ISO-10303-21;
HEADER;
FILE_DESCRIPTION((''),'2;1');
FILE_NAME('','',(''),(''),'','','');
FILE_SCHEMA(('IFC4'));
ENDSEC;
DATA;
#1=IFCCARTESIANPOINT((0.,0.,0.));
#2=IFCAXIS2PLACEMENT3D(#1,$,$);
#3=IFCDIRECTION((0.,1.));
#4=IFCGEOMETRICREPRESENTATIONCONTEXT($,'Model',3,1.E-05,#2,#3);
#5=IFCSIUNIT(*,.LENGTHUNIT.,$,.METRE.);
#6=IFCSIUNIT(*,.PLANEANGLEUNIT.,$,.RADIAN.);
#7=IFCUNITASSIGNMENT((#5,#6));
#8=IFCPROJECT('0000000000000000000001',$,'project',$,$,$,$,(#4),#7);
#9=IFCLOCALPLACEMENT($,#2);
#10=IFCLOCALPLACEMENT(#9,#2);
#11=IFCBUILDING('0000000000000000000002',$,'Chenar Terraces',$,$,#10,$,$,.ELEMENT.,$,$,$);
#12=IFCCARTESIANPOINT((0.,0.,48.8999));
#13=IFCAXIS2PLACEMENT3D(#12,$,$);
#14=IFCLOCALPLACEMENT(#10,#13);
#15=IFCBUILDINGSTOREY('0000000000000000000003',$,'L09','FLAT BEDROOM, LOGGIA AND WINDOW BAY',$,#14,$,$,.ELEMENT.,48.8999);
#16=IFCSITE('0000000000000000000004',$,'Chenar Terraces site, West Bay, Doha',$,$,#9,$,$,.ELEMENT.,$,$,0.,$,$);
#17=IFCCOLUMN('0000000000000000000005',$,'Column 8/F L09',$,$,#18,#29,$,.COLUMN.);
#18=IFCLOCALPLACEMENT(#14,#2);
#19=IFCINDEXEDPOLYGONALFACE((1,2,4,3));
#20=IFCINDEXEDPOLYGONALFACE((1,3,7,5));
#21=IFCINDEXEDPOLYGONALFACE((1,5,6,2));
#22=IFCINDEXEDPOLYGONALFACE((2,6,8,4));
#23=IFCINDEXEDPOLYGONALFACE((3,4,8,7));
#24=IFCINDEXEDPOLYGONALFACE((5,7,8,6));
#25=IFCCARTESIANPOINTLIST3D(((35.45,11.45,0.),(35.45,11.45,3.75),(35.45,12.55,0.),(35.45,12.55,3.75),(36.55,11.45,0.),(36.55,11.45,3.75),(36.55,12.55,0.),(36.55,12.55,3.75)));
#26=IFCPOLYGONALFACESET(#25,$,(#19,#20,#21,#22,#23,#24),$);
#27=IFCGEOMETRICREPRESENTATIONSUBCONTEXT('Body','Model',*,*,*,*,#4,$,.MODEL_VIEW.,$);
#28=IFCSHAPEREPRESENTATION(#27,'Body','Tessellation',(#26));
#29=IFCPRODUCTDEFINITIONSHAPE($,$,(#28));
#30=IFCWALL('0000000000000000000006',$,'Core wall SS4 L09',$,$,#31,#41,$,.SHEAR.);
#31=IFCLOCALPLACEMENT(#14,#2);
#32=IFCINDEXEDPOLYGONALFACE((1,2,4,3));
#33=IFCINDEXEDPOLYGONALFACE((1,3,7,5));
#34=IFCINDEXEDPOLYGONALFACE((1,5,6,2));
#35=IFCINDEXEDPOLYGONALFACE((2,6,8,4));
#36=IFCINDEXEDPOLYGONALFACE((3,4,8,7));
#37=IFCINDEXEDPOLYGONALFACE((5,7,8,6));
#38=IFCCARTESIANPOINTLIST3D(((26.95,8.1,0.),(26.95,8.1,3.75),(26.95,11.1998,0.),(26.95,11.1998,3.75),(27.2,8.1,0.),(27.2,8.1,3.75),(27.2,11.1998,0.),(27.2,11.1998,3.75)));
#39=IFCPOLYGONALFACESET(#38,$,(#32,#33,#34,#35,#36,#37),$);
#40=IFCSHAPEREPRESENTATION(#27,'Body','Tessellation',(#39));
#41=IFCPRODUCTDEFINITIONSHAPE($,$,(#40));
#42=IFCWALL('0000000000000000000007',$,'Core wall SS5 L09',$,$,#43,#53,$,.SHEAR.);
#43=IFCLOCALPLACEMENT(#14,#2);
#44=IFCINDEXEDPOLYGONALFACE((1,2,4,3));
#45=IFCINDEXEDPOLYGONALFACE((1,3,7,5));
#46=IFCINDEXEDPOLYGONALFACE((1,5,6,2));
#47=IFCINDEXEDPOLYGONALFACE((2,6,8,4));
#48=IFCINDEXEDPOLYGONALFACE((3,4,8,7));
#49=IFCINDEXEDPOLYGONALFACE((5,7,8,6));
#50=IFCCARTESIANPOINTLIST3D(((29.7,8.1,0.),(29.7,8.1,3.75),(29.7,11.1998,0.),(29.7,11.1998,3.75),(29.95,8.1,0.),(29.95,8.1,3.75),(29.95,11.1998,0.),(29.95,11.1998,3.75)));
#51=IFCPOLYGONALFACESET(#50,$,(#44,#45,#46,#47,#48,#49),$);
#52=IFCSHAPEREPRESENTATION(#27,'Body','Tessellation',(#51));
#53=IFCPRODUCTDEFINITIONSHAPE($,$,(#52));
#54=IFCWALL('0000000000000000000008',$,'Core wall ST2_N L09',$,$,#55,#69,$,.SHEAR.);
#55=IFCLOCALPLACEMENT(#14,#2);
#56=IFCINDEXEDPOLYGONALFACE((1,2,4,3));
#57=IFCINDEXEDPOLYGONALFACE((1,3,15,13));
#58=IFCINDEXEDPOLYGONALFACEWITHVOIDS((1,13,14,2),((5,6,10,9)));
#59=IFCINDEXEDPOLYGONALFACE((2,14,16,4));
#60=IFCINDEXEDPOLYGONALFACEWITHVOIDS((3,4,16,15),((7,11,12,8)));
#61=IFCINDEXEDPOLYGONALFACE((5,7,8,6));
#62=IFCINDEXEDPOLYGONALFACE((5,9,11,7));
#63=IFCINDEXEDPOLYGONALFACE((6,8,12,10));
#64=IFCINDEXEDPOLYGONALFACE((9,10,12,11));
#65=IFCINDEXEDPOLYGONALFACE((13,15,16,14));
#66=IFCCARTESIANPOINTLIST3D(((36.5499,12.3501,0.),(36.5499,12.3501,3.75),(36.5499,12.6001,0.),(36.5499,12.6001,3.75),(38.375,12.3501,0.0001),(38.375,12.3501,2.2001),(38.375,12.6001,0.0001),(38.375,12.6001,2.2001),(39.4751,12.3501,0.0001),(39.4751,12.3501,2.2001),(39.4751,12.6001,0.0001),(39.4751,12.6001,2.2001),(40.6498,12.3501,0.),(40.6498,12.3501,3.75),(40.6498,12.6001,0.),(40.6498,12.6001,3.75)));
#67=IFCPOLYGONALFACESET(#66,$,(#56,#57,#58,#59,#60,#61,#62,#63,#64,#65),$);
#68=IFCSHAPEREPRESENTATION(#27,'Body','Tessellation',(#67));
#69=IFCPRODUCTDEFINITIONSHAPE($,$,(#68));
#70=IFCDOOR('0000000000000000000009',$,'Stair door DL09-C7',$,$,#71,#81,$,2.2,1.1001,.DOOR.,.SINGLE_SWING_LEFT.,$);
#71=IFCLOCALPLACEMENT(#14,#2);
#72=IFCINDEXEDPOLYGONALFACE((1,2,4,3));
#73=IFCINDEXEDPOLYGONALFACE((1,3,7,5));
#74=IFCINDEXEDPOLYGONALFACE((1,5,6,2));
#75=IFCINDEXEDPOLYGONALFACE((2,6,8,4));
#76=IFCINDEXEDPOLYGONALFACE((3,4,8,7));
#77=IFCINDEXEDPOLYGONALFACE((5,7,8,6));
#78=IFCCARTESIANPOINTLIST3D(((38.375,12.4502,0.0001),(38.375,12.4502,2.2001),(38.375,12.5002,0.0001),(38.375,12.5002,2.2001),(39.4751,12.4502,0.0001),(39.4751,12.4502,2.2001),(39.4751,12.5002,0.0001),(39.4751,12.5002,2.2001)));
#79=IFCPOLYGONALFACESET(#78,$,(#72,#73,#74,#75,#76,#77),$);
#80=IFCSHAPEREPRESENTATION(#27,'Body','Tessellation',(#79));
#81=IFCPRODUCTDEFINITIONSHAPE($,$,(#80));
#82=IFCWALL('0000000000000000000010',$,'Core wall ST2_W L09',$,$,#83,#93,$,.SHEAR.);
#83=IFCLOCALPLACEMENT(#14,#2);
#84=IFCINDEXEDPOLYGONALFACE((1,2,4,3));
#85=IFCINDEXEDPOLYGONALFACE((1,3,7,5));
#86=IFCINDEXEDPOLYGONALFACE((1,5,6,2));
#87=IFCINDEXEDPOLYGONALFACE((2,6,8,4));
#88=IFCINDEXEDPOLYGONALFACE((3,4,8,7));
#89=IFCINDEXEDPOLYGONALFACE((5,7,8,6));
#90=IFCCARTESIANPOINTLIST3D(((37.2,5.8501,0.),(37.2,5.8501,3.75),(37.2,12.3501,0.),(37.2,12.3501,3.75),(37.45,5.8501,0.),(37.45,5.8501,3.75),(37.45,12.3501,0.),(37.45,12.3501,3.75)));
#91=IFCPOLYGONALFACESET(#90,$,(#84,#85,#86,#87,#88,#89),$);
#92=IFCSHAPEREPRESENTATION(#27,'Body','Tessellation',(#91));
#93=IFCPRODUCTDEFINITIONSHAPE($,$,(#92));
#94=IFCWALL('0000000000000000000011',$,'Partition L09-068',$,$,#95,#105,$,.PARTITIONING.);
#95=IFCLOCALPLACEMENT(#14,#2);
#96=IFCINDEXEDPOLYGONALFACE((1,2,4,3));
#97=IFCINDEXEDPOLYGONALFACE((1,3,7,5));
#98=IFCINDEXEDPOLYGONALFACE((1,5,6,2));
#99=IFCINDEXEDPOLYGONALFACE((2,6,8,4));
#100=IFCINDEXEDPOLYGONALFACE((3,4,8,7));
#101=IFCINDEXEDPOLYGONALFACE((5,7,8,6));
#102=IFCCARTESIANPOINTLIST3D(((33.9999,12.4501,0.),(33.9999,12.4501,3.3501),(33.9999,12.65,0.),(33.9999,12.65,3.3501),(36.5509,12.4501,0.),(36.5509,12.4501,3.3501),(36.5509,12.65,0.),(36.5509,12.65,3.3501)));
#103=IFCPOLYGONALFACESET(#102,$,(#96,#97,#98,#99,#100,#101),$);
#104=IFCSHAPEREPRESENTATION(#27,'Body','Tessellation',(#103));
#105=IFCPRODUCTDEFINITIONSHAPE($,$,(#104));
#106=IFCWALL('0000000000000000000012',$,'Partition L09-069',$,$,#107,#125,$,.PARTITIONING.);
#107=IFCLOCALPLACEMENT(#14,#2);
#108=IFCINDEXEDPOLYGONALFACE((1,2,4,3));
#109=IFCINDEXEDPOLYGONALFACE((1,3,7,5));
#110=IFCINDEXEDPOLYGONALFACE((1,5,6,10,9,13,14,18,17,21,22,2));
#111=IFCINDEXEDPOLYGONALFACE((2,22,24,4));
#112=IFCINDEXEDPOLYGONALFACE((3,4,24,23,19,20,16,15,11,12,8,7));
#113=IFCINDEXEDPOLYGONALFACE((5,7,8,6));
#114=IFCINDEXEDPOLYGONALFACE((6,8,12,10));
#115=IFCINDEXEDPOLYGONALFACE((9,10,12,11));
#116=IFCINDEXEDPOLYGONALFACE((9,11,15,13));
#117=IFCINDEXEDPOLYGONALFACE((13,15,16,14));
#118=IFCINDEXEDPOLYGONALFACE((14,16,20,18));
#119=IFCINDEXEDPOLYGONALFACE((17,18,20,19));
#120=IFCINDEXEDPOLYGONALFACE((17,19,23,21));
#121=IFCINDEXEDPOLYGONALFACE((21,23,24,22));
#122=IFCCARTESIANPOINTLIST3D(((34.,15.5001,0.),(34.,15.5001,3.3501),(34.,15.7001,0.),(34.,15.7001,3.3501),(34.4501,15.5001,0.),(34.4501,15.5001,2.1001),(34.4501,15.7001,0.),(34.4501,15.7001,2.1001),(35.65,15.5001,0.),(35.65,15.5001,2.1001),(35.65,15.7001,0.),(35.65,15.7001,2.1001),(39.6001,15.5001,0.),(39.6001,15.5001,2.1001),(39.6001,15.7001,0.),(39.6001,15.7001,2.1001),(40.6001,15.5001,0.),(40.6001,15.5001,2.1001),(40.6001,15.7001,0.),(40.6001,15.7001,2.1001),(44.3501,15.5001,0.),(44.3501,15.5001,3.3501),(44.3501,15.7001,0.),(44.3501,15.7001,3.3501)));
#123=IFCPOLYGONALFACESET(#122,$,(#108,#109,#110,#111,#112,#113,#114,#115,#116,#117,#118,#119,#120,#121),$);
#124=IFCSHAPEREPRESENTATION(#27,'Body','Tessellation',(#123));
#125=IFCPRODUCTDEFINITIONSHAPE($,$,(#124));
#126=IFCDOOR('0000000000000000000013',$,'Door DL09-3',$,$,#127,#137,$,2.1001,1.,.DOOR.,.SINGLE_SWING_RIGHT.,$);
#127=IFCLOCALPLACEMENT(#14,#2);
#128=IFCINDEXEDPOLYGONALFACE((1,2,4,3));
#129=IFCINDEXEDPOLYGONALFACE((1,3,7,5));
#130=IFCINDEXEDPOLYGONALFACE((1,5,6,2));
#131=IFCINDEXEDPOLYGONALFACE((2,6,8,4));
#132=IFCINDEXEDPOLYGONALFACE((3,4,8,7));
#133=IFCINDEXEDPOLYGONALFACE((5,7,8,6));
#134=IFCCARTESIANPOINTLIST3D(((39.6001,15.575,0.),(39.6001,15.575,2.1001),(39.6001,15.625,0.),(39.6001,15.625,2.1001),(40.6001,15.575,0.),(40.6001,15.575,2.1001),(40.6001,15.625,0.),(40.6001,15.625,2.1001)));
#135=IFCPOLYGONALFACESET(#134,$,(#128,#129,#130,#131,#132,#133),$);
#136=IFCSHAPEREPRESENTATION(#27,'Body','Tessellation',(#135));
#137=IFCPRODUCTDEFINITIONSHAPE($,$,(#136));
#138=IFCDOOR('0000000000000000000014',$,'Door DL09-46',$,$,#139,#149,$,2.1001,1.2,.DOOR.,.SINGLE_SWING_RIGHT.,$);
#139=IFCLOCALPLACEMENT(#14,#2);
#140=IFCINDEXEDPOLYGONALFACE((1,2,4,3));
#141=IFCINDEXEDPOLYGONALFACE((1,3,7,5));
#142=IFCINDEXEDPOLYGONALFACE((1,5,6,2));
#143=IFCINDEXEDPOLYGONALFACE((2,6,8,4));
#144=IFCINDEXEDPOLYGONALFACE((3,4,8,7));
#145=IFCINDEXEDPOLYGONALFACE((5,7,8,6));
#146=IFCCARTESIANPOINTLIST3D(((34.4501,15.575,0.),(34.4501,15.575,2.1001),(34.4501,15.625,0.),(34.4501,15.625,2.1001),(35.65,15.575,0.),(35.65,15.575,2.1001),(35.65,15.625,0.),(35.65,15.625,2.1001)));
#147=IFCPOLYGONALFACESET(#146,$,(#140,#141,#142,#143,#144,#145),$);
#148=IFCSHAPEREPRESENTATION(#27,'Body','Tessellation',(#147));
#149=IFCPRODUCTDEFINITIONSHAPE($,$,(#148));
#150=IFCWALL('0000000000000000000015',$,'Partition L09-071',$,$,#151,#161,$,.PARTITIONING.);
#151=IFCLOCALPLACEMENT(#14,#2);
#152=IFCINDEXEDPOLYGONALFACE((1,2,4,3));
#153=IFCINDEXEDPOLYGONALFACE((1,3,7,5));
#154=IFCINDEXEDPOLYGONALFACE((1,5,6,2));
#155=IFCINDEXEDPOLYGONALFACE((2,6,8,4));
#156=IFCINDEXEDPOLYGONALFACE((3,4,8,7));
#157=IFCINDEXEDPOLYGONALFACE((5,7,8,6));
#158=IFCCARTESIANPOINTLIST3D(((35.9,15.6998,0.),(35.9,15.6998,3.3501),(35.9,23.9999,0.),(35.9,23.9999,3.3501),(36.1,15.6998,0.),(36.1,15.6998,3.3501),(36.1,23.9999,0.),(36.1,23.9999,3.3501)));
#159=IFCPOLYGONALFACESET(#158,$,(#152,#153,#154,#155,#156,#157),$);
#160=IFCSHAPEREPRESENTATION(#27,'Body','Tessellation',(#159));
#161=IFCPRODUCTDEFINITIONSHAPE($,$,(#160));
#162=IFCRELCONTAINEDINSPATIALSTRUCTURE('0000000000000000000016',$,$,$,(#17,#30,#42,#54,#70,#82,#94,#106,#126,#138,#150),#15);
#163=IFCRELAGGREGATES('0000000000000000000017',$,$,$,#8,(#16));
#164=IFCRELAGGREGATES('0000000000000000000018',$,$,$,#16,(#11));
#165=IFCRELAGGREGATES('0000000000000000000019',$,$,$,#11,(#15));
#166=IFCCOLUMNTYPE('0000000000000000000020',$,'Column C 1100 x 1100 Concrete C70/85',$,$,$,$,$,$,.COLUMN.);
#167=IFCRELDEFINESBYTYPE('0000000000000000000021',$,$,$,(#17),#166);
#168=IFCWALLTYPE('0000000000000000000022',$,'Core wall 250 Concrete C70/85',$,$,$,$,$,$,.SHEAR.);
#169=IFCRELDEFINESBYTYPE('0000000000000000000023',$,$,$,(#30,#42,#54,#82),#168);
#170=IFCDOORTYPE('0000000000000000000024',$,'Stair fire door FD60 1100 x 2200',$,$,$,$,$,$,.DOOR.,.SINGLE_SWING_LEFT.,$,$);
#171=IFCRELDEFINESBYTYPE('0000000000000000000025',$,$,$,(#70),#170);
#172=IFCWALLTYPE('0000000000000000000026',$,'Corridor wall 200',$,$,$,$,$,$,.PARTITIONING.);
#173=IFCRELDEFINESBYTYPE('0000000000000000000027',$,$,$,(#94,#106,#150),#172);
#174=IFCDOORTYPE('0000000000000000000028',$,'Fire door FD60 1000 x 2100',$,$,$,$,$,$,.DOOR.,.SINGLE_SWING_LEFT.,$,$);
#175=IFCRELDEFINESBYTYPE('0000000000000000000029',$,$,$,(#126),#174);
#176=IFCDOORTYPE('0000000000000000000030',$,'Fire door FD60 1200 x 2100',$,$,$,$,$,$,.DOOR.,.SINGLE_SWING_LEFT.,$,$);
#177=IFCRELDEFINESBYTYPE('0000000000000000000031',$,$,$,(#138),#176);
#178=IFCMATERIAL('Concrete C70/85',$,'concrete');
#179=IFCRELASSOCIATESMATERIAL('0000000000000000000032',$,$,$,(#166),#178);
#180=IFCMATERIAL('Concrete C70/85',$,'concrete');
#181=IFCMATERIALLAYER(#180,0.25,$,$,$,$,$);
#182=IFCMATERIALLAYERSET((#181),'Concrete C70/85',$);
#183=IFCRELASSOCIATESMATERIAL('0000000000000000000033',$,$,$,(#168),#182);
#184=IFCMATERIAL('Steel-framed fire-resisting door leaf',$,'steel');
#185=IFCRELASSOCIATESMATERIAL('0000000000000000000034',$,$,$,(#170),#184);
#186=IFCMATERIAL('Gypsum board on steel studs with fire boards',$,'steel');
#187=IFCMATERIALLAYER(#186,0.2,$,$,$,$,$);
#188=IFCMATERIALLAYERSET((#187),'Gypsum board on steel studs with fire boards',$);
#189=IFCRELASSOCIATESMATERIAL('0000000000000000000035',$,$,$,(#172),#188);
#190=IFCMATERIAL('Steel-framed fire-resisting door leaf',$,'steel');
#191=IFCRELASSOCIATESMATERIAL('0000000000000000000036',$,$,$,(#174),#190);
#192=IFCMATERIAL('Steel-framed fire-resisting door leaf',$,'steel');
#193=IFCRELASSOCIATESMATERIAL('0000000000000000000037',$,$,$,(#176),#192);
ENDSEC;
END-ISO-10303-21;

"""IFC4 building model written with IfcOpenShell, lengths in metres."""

from ifc_helpers import new_model, si_unit, direction, frame, frame_2d, origin, origin_2d, place, context, subcontext, project, spatial, rectangle, extrude, material, layer, layer_set, material_profile, profile_set, type_object, element, fill, save


model = new_model("IFC4")

# Units and contexts
model_context = context("Model", 3, precision=1e-05, world=origin(), true_north=direction((0.0, 1.0)))
body_context = subcontext(model_context, "Body", "Model", "MODEL_VIEW")
ifc_project = project(units=[si_unit("LENGTHUNIT", "METRE"), si_unit("PLANEANGLEUNIT", "RADIAN")], contexts=[model_context])

# Site, building, storey
site_placement = place(None, origin())
site = spatial("IfcSite", under=ifc_project, at=site_placement, Name="Chenar Terraces site, West Bay, Doha", CompositionType="ELEMENT", RefElevation=0.0)
building_placement = place(site_placement, origin())
building = spatial("IfcBuilding", under=site, at=building_placement, Name="Chenar Terraces", CompositionType="ELEMENT")
storey_placement = place(building_placement, frame((0.0, 0.0, 48.8999)))
storey = spatial("IfcBuildingStorey", under=building, at=storey_placement, Name="L09", Description="FLAT BEDROOM, LOGGIA AND WINDOW BAY", CompositionType="ELEMENT", Elevation=48.8999)

# Column
ifc_material_1 = material(Name="Concrete C70/85", Category="concrete")
ifc_material_profile = material_profile(ifc_material_1, rectangle(XDim=1.1001, YDim=1.1001, at=origin_2d()), Name="C 1100 x 1100")
ifc_profile_set = profile_set([ifc_material_profile], Name="Concrete C70/85")
column_type = type_object("IfcColumnType", Name="Column C 1100 x 1100 Concrete C70/85", PredefinedType="COLUMN", material=ifc_profile_set)
column_placement = place(storey_placement, frame((36.0, 12.0, 0.0), z_axis=(0.0, 0.0, 1.0), x_axis=(1.0, 0.0, 0.0)))
element("IfcColumn", 1, at=column_placement, inside=storey, type_object=column_type, Name="Column 8/F L09", PredefinedType="COLUMN", context=body_context, shape_type="SweptSolid", body=[
    extrude(rectangle(XDim=1.1001, YDim=1.1001, at=origin_2d()), origin(), (0.0, 0.0, 1.0), 3.75),
])

# Walls
ifc_material_2 = material(Name="Concrete C70/85", Category="concrete")
ifc_layer_1 = layer(ifc_material_2, 0.25)
ifc_layer_set_1 = layer_set([ifc_layer_1], Name="Concrete C70/85")
wall_type_1 = type_object("IfcWallType", Name="Core wall 250 Concrete C70/85", PredefinedType="SHEAR", material=ifc_layer_set_1)
for number, where, z_axis, x_axis, name in (
    (2, (27.075, 8.1001, 0.0), (0.0, 0.0, 1.0), (0.0, 1.0, 0.0), "Core wall SS4 L09"),
    (3, (29.825, 8.1001, 0.0), (0.0, 0.0, 1.0), (0.0, 1.0, 0.0), "Core wall SS5 L09"),
):
    element("IfcWall", number, at=place(storey_placement, frame(where, z_axis=z_axis, x_axis=x_axis)), inside=storey, type_object=wall_type_1, Name=name, PredefinedType="SHEAR", context=body_context, shape_type="SweptSolid", body=[
        extrude(rectangle(XDim=3.0999, YDim=0.25, at=frame_2d((1.5498, 0.0))), origin(), (0.0, 0.0, 1.0), 3.75),
    ])

# Wall, opening, door
wall_1_placement = place(storey_placement, frame((36.55, 12.4751, 0.0), z_axis=(0.0, 0.0, 1.0), x_axis=(1.0, 0.0, 0.0)))
wall_1 = element("IfcWall", 4, at=wall_1_placement, inside=storey, type_object=wall_type_1, Name="Core wall ST2_N L09", PredefinedType="SHEAR", context=body_context, shape_type="SweptSolid", body=[
    extrude(rectangle(XDim=4.0999, YDim=0.25, at=frame_2d((2.0498, 0.0))), origin(), (0.0, 0.0, 1.0), 3.75),
])
opening_1_placement = place(wall_1_placement, frame((1.825, 0.0, 0.0)))
opening_1 = element("IfcOpeningElement", 5, at=opening_1_placement, cuts=wall_1, PredefinedType="OPENING", context=body_context, shape_type="SweptSolid", body=[
    extrude(rectangle(XDim=1.1001, YDim=2.2, at=frame_2d((0.55, 1.1001))), frame((0.0, 0.135, 0.0), z_axis=(0.0, -1.0, 0.0), x_axis=(1.0, 0.0, 0.0)), (0.0, 0.0, 1.0), 0.27),
])
ifc_material_3 = material(Name="Steel-framed fire-resisting door leaf", Category="steel")
door_type_1 = type_object("IfcDoorType", Name="Stair fire door FD60 1100 x 2200", OperationType="SINGLE_SWING_LEFT", PredefinedType="DOOR", material=ifc_material_3)
door_1_placement = place(opening_1_placement, frame((1.1001, 0.0, 0.0), z_axis=(0.0, 0.0, 1.0), x_axis=(-1.0, 0.0, 0.0)))
door_1 = element("IfcDoor", 6, at=door_1_placement, inside=storey, type_object=door_type_1, Name="Stair door DL09-C7", OperationType="SINGLE_SWING_LEFT", OverallHeight=2.2, OverallWidth=1.1001, PredefinedType="DOOR", context=body_context, shape_type="SweptSolid", body=[
    extrude(rectangle(XDim=1.1001, YDim=2.2, at=frame_2d((0.55, 1.1001))), frame((0.0, 0.0249, 0.0), z_axis=(0.0, -1.0, 0.0), x_axis=(1.0, 0.0, 0.0)), (0.0, 0.0, 1.0), 0.05),
])
fill(opening_1, door_1)

# Walls
wall_2_placement = place(storey_placement, frame((37.325, 5.8501, 0.0), z_axis=(0.0, 0.0, 1.0), x_axis=(0.0, 1.0, 0.0)))
element("IfcWall", 7, at=wall_2_placement, inside=storey, type_object=wall_type_1, Name="Core wall ST2_W L09", PredefinedType="SHEAR", context=body_context, shape_type="SweptSolid", body=[
    extrude(rectangle(XDim=6.5, YDim=0.25, at=frame_2d((3.25, 0.0))), origin(), (0.0, 0.0, 1.0), 3.75),
])
ifc_material_4 = material(Name="Gypsum board on steel studs with fire boards", Category="steel")
ifc_layer_2 = layer(ifc_material_4, 0.2)
ifc_layer_set_2 = layer_set([ifc_layer_2], Name="Gypsum board on steel studs with fire boards")
wall_type_2 = type_object("IfcWallType", Name="Corridor wall 200", PredefinedType="PARTITIONING", material=ifc_layer_set_2)
wall_3_placement = place(storey_placement, frame((34.0, 12.55, 0.0), z_axis=(0.0, 0.0, 1.0), x_axis=(1.0, 0.0, 0.0)))
element("IfcWall", 8, at=wall_3_placement, inside=storey, type_object=wall_type_2, Name="Partition L09-068", PredefinedType="PARTITIONING", context=body_context, shape_type="SweptSolid", body=[
    extrude(rectangle(XDim=2.551, YDim=0.2, at=frame_2d((1.2754, 0.0))), origin(), (0.0, 0.0, 1.0), 3.3501),
])

# Wall, openings, doors
wall_4_placement = place(storey_placement, frame((34.0, 15.6001, 0.0), z_axis=(0.0, 0.0, 1.0), x_axis=(1.0, 0.0, 0.0)))
wall_4 = element("IfcWall", 9, at=wall_4_placement, inside=storey, type_object=wall_type_2, Name="Partition L09-069", PredefinedType="PARTITIONING", context=body_context, shape_type="SweptSolid", body=[
    extrude(rectangle(XDim=10.3501, YDim=0.2, at=frame_2d((5.175, 0.0))), origin(), (0.0, 0.0, 1.0), 3.3501),
])
opening_2_placement = place(wall_4_placement, frame((5.6001, 0.0, 0.0)))
opening_2 = element("IfcOpeningElement", 10, at=opening_2_placement, cuts=wall_4, PredefinedType="OPENING", context=body_context, shape_type="SweptSolid", body=[
    extrude(rectangle(XDim=1.0, YDim=2.1001, at=frame_2d((0.5, 1.05))), frame((0.0, 0.1099, 0.0), z_axis=(0.0, -1.0, 0.0), x_axis=(1.0, 0.0, 0.0)), (0.0, 0.0, 1.0), 0.22),
])
opening_3_placement = place(wall_4_placement, frame((0.45, 0.0, 0.0)))
opening_3 = element("IfcOpeningElement", 11, at=opening_3_placement, cuts=wall_4, PredefinedType="OPENING", context=body_context, shape_type="SweptSolid", body=[
    extrude(rectangle(XDim=1.2, YDim=2.1001, at=frame_2d((0.6001, 1.05))), frame((0.0, 0.1099, 0.0), z_axis=(0.0, -1.0, 0.0), x_axis=(1.0, 0.0, 0.0)), (0.0, 0.0, 1.0), 0.22),
])
ifc_material_5 = material(Name="Steel-framed fire-resisting door leaf", Category="steel")
door_type_2 = type_object("IfcDoorType", Name="Fire door FD60 1000 x 2100", OperationType="SINGLE_SWING_LEFT", PredefinedType="DOOR", material=ifc_material_5)
door_2_placement = place(opening_2_placement, origin())
door_2 = element("IfcDoor", 12, at=door_2_placement, inside=storey, type_object=door_type_2, Name="Door DL09-3", OperationType="SINGLE_SWING_RIGHT", OverallHeight=2.1001, OverallWidth=1.0, PredefinedType="DOOR", context=body_context, shape_type="SweptSolid", body=[
    extrude(rectangle(XDim=1.0, YDim=2.1001, at=frame_2d((0.5, 1.05))), frame((0.0, 0.0249, 0.0), z_axis=(0.0, -1.0, 0.0), x_axis=(1.0, 0.0, 0.0)), (0.0, 0.0, 1.0), 0.05),
])
fill(opening_2, door_2)
ifc_material_6 = material(Name="Steel-framed fire-resisting door leaf", Category="steel")
door_type_3 = type_object("IfcDoorType", Name="Fire door FD60 1200 x 2100", OperationType="SINGLE_SWING_LEFT", PredefinedType="DOOR", material=ifc_material_6)
door_3_placement = place(opening_3_placement, origin())
door_3 = element("IfcDoor", 13, at=door_3_placement, inside=storey, type_object=door_type_3, Name="Door DL09-46", OperationType="SINGLE_SWING_RIGHT", OverallHeight=2.1001, OverallWidth=1.2, PredefinedType="DOOR", context=body_context, shape_type="SweptSolid", body=[
    extrude(rectangle(XDim=1.2, YDim=2.1001, at=frame_2d((0.6001, 1.05))), frame((0.0, 0.0249, 0.0), z_axis=(0.0, -1.0, 0.0), x_axis=(1.0, 0.0, 0.0)), (0.0, 0.0, 1.0), 0.05),
])
fill(opening_3, door_3)

# Wall
wall_5_placement = place(storey_placement, frame((36.0, 15.7, 0.0), z_axis=(0.0, 0.0, 1.0), x_axis=(0.0, 1.0, 0.0)))
element("IfcWall", 14, at=wall_5_placement, inside=storey, type_object=wall_type_2, Name="Partition L09-071", PredefinedType="PARTITIONING", context=body_context, shape_type="SweptSolid", body=[
    extrude(rectangle(XDim=8.3, YDim=0.2, at=frame_2d((4.1499, 0.0))), origin(), (0.0, 0.0, 1.0), 3.3501),
])

save(model, "model.ifc")
